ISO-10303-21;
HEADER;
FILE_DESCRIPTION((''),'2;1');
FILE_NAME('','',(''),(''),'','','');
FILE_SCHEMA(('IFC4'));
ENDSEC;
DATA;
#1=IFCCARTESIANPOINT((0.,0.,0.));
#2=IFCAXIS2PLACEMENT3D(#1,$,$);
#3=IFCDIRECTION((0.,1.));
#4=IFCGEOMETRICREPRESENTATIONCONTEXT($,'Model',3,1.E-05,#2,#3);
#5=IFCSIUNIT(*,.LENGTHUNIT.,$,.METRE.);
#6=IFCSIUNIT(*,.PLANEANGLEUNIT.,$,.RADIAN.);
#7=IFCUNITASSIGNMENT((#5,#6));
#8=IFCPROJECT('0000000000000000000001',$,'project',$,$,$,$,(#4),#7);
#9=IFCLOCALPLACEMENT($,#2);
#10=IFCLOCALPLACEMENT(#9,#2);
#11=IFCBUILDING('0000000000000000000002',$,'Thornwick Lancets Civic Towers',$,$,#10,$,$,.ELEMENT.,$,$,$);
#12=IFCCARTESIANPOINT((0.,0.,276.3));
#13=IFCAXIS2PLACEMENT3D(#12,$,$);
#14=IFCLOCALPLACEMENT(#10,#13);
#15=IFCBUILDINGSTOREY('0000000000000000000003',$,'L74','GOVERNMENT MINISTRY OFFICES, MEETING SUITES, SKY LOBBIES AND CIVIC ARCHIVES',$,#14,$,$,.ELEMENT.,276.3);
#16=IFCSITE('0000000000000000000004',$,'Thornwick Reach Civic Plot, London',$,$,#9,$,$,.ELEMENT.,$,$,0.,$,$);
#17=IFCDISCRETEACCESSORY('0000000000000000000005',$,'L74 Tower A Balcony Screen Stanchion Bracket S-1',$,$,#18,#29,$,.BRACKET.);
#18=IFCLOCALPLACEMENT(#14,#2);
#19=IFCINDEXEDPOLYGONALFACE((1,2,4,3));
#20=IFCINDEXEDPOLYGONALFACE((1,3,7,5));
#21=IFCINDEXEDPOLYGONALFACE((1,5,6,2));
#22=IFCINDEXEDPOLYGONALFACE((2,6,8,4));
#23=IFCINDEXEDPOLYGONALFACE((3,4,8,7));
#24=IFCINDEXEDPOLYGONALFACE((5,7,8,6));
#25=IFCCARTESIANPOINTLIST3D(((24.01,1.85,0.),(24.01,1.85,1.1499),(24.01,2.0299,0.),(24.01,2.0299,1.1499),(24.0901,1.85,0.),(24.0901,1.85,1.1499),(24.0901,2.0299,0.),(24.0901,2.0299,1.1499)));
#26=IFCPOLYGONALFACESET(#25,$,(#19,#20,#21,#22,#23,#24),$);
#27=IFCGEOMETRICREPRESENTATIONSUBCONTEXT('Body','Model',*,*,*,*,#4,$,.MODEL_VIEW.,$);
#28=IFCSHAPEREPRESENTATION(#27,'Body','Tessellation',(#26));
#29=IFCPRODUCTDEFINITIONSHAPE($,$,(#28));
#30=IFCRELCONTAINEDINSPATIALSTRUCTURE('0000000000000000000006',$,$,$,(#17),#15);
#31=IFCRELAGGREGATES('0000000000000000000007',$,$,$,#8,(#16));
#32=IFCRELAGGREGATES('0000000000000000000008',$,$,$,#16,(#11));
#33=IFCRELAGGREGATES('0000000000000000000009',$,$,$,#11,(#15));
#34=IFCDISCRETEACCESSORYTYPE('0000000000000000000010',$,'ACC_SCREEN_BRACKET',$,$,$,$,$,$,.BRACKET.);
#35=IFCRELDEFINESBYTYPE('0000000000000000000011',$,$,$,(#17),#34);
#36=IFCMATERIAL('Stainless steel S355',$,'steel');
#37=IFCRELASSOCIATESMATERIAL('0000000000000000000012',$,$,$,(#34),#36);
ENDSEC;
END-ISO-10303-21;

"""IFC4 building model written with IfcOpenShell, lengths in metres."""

from ifc_helpers import new_model, si_unit, direction, frame, origin, origin_2d, place, context, subcontext, project, spatial, rectangle, extrude, material, type_object, element, save


model = new_model("IFC4")

# Units and contexts
model_context = context("Model", 3, precision=1e-05, world=origin(), true_north=direction((0.0, 1.0)))
body_context = subcontext(model_context, "Body", "Model", "MODEL_VIEW")
ifc_project = project(units=[si_unit("LENGTHUNIT", "METRE"), si_unit("PLANEANGLEUNIT", "RADIAN")], contexts=[model_context])

# Site, building, storey
site_placement = place(None, origin())
site = spatial("IfcSite", under=ifc_project, at=site_placement, Name="Thornwick Reach Civic Plot, London", CompositionType="ELEMENT", RefElevation=0.0)
building_placement = place(site_placement, origin())
building = spatial("IfcBuilding", under=site, at=building_placement, Name="Thornwick Lancets Civic Towers", CompositionType="ELEMENT")
storey_placement = place(building_placement, frame((0.0, 0.0, 276.3)))
storey = spatial("IfcBuildingStorey", under=building, at=storey_placement, Name="L74", Description="GOVERNMENT MINISTRY OFFICES, MEETING SUITES, SKY LOBBIES AND CIVIC ARCHIVES", CompositionType="ELEMENT", Elevation=276.3)

# Discrete accessory
ifc_material_1 = material(Name="Stainless steel S355", Category="steel")
discrete_accessory_type = type_object("IfcDiscreteAccessoryType", Name="ACC_SCREEN_BRACKET", PredefinedType="BRACKET", material=ifc_material_1)
discrete_accessory_placement = place(storey_placement, frame((24.05, 1.9399, 0.0), z_axis=(0.0, 0.0, 1.0), x_axis=(1.0, 0.0, 0.0)))
element("IfcDiscreteAccessory", 1, at=discrete_accessory_placement, inside=storey, type_object=discrete_accessory_type, Name="L74 Tower A Balcony Screen Stanchion Bracket S-1", PredefinedType="BRACKET", context=body_context, shape_type="SweptSolid", body=[
    extrude(rectangle(XDim=0.0801, YDim=0.1799, at=origin_2d()), origin(), (0.0, 0.0, 1.0), 1.1499),
])

save(model, "model.ifc")
